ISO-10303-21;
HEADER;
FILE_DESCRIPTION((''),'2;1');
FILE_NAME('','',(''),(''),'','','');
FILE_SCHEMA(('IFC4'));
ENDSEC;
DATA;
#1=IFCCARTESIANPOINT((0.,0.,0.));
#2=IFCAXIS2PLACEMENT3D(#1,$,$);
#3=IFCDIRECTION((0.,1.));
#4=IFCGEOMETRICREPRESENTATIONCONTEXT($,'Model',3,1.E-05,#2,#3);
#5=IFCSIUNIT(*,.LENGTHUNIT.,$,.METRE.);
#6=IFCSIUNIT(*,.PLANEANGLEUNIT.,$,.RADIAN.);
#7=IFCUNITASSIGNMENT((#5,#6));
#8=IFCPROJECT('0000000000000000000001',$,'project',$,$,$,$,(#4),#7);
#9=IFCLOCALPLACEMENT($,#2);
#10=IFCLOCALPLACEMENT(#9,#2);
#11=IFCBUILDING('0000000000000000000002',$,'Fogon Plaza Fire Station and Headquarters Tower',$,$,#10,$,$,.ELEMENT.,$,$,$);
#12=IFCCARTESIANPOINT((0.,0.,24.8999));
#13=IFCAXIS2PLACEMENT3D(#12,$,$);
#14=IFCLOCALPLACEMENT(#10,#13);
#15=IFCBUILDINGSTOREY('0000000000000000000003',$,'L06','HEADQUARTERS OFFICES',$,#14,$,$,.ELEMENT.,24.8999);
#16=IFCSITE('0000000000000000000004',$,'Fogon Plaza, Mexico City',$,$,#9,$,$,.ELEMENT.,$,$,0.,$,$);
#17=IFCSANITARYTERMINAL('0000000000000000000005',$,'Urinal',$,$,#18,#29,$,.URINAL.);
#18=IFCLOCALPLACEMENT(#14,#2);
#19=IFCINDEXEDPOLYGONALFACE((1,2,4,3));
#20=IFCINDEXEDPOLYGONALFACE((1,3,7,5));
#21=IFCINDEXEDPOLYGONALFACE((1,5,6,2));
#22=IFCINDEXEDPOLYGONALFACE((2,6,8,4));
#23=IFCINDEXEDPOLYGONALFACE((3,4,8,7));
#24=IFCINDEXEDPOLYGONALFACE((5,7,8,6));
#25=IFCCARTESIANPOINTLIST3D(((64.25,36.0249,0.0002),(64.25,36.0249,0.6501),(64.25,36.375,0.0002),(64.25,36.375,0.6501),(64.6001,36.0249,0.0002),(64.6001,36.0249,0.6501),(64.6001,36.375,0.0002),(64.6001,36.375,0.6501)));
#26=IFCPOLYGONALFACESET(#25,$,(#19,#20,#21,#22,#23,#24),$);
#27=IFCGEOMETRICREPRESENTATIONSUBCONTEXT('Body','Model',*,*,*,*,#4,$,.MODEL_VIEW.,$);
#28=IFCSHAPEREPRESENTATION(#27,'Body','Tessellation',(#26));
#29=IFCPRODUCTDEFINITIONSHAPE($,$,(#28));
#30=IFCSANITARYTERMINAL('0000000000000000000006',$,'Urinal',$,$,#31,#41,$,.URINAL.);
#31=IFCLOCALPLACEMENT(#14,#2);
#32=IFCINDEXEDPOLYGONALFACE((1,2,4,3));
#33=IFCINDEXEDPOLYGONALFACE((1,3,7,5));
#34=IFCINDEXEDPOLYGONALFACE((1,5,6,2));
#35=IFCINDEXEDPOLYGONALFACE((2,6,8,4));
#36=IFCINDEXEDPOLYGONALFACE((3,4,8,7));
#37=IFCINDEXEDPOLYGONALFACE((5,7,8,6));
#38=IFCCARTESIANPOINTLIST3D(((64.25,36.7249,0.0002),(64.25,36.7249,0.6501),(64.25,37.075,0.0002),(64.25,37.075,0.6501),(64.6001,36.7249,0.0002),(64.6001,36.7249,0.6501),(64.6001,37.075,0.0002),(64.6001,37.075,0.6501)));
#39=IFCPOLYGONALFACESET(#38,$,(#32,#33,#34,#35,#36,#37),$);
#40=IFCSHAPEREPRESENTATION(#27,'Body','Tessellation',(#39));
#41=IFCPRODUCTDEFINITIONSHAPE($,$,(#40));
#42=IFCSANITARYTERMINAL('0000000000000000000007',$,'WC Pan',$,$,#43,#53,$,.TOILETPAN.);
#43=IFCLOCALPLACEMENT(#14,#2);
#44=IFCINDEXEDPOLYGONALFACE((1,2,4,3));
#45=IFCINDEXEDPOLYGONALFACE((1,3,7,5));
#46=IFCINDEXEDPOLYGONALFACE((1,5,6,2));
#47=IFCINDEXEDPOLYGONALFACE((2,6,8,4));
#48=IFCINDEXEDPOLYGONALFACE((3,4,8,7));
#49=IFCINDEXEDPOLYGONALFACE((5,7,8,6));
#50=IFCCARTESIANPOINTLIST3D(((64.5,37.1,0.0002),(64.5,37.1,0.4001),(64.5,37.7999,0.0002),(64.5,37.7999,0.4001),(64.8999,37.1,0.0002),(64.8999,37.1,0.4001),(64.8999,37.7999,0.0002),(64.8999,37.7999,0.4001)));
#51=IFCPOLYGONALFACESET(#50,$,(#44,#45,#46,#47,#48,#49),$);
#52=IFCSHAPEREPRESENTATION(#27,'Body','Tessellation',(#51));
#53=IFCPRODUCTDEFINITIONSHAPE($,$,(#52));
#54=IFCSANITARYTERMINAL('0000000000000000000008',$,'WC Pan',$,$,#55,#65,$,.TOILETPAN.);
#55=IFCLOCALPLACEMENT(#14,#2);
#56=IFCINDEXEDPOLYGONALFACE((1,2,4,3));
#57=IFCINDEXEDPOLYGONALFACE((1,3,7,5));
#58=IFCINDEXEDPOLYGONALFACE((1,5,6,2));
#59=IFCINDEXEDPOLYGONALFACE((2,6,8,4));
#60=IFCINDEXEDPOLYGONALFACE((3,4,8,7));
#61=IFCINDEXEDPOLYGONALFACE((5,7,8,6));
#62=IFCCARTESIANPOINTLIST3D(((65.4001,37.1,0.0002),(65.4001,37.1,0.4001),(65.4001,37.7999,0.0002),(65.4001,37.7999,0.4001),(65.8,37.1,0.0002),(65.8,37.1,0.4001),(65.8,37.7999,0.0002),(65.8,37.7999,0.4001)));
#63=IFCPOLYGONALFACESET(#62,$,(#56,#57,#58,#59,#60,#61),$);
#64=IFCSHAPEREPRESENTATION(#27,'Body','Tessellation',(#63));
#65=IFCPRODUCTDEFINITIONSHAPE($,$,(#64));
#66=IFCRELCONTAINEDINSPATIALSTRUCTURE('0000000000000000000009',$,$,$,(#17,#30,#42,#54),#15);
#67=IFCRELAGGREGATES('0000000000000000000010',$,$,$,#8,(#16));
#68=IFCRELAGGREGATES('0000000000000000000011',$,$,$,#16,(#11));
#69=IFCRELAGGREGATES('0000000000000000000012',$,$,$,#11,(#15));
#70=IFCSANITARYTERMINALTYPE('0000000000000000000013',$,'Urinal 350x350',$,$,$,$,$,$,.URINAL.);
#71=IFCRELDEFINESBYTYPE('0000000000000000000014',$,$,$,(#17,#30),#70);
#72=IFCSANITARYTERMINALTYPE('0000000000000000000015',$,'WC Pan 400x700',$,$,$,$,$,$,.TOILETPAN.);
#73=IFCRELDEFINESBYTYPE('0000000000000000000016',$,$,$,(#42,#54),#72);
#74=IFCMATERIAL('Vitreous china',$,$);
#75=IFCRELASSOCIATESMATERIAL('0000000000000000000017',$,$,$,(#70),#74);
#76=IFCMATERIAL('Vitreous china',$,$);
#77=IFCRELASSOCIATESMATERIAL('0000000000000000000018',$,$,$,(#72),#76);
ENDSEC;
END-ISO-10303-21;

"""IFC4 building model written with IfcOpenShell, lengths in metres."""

from ifc_helpers import new_model, si_unit, direction, frame, origin, origin_2d, place, context, subcontext, project, spatial, rectangle, extrude, material, type_object, element, save


model = new_model("IFC4")

# Units and contexts
model_context = context("Model", 3, precision=1e-05, world=origin(), true_north=direction((0.0, 1.0)))
body_context = subcontext(model_context, "Body", "Model", "MODEL_VIEW")
ifc_project = project(units=[si_unit("LENGTHUNIT", "METRE"), si_unit("PLANEANGLEUNIT", "RADIAN")], contexts=[model_context])

# Site, building, storey
site_placement = place(None, origin())
site = spatial("IfcSite", under=ifc_project, at=site_placement, Name="Fogon Plaza, Mexico City", CompositionType="ELEMENT", RefElevation=0.0)
building_placement = place(site_placement, origin())
building = spatial("IfcBuilding", under=site, at=building_placement, Name="Fogon Plaza Fire Station and Headquarters Tower", CompositionType="ELEMENT")
storey_placement = place(building_placement, frame((0.0, 0.0, 24.8999)))
storey = spatial("IfcBuildingStorey", under=building, at=storey_placement, Name="L06", Description="HEADQUARTERS OFFICES", CompositionType="ELEMENT", Elevation=24.8999)

# Sanitary terminals
ifc_material_1 = material(Name="Vitreous china")
sanitary_terminal_type_1 = type_object("IfcSanitaryTerminalType", Name="Urinal 350x350", PredefinedType="URINAL", material=ifc_material_1)
for number, where, z_axis, x_axis, name in (
    (1, (64.425, 36.2, 0.0002), (0.0, 0.0, 1.0), (1.0, 0.0, 0.0), "Urinal"),
    (2, (64.425, 36.8999, 0.0002), (0.0, 0.0, 1.0), (1.0, 0.0, 0.0), "Urinal"),
):
    element("IfcSanitaryTerminal", number, at=place(storey_placement, frame(where, z_axis=z_axis, x_axis=x_axis)), inside=storey, type_object=sanitary_terminal_type_1, Name=name, PredefinedType="URINAL", context=body_context, shape_type="SweptSolid", body=[
        extrude(rectangle(XDim=0.3501, YDim=0.3501, at=origin_2d()), origin(), (0.0, 0.0, 1.0), 0.6499),
    ])
ifc_material_2 = material(Name="Vitreous china")
sanitary_terminal_type_2 = type_object("IfcSanitaryTerminalType", Name="WC Pan 400x700", PredefinedType="TOILETPAN", material=ifc_material_2)
for number, where, z_axis, x_axis, name in (
    (3, (64.7, 37.45, 0.0002), (0.0, 0.0, 1.0), (1.0, 0.0, 0.0), "WC Pan"),
    (4, (65.6001, 37.45, 0.0002), (0.0, 0.0, 1.0), (1.0, 0.0, 0.0), "WC Pan"),
):
    element("IfcSanitaryTerminal", number, at=place(storey_placement, frame(where, z_axis=z_axis, x_axis=x_axis)), inside=storey, type_object=sanitary_terminal_type_2, Name=name, PredefinedType="TOILETPAN", context=body_context, shape_type="SweptSolid", body=[
        extrude(rectangle(XDim=0.3999, YDim=0.7, at=origin_2d()), origin(), (0.0, 0.0, 1.0), 0.3999),
    ])

save(model, "model.ifc")
